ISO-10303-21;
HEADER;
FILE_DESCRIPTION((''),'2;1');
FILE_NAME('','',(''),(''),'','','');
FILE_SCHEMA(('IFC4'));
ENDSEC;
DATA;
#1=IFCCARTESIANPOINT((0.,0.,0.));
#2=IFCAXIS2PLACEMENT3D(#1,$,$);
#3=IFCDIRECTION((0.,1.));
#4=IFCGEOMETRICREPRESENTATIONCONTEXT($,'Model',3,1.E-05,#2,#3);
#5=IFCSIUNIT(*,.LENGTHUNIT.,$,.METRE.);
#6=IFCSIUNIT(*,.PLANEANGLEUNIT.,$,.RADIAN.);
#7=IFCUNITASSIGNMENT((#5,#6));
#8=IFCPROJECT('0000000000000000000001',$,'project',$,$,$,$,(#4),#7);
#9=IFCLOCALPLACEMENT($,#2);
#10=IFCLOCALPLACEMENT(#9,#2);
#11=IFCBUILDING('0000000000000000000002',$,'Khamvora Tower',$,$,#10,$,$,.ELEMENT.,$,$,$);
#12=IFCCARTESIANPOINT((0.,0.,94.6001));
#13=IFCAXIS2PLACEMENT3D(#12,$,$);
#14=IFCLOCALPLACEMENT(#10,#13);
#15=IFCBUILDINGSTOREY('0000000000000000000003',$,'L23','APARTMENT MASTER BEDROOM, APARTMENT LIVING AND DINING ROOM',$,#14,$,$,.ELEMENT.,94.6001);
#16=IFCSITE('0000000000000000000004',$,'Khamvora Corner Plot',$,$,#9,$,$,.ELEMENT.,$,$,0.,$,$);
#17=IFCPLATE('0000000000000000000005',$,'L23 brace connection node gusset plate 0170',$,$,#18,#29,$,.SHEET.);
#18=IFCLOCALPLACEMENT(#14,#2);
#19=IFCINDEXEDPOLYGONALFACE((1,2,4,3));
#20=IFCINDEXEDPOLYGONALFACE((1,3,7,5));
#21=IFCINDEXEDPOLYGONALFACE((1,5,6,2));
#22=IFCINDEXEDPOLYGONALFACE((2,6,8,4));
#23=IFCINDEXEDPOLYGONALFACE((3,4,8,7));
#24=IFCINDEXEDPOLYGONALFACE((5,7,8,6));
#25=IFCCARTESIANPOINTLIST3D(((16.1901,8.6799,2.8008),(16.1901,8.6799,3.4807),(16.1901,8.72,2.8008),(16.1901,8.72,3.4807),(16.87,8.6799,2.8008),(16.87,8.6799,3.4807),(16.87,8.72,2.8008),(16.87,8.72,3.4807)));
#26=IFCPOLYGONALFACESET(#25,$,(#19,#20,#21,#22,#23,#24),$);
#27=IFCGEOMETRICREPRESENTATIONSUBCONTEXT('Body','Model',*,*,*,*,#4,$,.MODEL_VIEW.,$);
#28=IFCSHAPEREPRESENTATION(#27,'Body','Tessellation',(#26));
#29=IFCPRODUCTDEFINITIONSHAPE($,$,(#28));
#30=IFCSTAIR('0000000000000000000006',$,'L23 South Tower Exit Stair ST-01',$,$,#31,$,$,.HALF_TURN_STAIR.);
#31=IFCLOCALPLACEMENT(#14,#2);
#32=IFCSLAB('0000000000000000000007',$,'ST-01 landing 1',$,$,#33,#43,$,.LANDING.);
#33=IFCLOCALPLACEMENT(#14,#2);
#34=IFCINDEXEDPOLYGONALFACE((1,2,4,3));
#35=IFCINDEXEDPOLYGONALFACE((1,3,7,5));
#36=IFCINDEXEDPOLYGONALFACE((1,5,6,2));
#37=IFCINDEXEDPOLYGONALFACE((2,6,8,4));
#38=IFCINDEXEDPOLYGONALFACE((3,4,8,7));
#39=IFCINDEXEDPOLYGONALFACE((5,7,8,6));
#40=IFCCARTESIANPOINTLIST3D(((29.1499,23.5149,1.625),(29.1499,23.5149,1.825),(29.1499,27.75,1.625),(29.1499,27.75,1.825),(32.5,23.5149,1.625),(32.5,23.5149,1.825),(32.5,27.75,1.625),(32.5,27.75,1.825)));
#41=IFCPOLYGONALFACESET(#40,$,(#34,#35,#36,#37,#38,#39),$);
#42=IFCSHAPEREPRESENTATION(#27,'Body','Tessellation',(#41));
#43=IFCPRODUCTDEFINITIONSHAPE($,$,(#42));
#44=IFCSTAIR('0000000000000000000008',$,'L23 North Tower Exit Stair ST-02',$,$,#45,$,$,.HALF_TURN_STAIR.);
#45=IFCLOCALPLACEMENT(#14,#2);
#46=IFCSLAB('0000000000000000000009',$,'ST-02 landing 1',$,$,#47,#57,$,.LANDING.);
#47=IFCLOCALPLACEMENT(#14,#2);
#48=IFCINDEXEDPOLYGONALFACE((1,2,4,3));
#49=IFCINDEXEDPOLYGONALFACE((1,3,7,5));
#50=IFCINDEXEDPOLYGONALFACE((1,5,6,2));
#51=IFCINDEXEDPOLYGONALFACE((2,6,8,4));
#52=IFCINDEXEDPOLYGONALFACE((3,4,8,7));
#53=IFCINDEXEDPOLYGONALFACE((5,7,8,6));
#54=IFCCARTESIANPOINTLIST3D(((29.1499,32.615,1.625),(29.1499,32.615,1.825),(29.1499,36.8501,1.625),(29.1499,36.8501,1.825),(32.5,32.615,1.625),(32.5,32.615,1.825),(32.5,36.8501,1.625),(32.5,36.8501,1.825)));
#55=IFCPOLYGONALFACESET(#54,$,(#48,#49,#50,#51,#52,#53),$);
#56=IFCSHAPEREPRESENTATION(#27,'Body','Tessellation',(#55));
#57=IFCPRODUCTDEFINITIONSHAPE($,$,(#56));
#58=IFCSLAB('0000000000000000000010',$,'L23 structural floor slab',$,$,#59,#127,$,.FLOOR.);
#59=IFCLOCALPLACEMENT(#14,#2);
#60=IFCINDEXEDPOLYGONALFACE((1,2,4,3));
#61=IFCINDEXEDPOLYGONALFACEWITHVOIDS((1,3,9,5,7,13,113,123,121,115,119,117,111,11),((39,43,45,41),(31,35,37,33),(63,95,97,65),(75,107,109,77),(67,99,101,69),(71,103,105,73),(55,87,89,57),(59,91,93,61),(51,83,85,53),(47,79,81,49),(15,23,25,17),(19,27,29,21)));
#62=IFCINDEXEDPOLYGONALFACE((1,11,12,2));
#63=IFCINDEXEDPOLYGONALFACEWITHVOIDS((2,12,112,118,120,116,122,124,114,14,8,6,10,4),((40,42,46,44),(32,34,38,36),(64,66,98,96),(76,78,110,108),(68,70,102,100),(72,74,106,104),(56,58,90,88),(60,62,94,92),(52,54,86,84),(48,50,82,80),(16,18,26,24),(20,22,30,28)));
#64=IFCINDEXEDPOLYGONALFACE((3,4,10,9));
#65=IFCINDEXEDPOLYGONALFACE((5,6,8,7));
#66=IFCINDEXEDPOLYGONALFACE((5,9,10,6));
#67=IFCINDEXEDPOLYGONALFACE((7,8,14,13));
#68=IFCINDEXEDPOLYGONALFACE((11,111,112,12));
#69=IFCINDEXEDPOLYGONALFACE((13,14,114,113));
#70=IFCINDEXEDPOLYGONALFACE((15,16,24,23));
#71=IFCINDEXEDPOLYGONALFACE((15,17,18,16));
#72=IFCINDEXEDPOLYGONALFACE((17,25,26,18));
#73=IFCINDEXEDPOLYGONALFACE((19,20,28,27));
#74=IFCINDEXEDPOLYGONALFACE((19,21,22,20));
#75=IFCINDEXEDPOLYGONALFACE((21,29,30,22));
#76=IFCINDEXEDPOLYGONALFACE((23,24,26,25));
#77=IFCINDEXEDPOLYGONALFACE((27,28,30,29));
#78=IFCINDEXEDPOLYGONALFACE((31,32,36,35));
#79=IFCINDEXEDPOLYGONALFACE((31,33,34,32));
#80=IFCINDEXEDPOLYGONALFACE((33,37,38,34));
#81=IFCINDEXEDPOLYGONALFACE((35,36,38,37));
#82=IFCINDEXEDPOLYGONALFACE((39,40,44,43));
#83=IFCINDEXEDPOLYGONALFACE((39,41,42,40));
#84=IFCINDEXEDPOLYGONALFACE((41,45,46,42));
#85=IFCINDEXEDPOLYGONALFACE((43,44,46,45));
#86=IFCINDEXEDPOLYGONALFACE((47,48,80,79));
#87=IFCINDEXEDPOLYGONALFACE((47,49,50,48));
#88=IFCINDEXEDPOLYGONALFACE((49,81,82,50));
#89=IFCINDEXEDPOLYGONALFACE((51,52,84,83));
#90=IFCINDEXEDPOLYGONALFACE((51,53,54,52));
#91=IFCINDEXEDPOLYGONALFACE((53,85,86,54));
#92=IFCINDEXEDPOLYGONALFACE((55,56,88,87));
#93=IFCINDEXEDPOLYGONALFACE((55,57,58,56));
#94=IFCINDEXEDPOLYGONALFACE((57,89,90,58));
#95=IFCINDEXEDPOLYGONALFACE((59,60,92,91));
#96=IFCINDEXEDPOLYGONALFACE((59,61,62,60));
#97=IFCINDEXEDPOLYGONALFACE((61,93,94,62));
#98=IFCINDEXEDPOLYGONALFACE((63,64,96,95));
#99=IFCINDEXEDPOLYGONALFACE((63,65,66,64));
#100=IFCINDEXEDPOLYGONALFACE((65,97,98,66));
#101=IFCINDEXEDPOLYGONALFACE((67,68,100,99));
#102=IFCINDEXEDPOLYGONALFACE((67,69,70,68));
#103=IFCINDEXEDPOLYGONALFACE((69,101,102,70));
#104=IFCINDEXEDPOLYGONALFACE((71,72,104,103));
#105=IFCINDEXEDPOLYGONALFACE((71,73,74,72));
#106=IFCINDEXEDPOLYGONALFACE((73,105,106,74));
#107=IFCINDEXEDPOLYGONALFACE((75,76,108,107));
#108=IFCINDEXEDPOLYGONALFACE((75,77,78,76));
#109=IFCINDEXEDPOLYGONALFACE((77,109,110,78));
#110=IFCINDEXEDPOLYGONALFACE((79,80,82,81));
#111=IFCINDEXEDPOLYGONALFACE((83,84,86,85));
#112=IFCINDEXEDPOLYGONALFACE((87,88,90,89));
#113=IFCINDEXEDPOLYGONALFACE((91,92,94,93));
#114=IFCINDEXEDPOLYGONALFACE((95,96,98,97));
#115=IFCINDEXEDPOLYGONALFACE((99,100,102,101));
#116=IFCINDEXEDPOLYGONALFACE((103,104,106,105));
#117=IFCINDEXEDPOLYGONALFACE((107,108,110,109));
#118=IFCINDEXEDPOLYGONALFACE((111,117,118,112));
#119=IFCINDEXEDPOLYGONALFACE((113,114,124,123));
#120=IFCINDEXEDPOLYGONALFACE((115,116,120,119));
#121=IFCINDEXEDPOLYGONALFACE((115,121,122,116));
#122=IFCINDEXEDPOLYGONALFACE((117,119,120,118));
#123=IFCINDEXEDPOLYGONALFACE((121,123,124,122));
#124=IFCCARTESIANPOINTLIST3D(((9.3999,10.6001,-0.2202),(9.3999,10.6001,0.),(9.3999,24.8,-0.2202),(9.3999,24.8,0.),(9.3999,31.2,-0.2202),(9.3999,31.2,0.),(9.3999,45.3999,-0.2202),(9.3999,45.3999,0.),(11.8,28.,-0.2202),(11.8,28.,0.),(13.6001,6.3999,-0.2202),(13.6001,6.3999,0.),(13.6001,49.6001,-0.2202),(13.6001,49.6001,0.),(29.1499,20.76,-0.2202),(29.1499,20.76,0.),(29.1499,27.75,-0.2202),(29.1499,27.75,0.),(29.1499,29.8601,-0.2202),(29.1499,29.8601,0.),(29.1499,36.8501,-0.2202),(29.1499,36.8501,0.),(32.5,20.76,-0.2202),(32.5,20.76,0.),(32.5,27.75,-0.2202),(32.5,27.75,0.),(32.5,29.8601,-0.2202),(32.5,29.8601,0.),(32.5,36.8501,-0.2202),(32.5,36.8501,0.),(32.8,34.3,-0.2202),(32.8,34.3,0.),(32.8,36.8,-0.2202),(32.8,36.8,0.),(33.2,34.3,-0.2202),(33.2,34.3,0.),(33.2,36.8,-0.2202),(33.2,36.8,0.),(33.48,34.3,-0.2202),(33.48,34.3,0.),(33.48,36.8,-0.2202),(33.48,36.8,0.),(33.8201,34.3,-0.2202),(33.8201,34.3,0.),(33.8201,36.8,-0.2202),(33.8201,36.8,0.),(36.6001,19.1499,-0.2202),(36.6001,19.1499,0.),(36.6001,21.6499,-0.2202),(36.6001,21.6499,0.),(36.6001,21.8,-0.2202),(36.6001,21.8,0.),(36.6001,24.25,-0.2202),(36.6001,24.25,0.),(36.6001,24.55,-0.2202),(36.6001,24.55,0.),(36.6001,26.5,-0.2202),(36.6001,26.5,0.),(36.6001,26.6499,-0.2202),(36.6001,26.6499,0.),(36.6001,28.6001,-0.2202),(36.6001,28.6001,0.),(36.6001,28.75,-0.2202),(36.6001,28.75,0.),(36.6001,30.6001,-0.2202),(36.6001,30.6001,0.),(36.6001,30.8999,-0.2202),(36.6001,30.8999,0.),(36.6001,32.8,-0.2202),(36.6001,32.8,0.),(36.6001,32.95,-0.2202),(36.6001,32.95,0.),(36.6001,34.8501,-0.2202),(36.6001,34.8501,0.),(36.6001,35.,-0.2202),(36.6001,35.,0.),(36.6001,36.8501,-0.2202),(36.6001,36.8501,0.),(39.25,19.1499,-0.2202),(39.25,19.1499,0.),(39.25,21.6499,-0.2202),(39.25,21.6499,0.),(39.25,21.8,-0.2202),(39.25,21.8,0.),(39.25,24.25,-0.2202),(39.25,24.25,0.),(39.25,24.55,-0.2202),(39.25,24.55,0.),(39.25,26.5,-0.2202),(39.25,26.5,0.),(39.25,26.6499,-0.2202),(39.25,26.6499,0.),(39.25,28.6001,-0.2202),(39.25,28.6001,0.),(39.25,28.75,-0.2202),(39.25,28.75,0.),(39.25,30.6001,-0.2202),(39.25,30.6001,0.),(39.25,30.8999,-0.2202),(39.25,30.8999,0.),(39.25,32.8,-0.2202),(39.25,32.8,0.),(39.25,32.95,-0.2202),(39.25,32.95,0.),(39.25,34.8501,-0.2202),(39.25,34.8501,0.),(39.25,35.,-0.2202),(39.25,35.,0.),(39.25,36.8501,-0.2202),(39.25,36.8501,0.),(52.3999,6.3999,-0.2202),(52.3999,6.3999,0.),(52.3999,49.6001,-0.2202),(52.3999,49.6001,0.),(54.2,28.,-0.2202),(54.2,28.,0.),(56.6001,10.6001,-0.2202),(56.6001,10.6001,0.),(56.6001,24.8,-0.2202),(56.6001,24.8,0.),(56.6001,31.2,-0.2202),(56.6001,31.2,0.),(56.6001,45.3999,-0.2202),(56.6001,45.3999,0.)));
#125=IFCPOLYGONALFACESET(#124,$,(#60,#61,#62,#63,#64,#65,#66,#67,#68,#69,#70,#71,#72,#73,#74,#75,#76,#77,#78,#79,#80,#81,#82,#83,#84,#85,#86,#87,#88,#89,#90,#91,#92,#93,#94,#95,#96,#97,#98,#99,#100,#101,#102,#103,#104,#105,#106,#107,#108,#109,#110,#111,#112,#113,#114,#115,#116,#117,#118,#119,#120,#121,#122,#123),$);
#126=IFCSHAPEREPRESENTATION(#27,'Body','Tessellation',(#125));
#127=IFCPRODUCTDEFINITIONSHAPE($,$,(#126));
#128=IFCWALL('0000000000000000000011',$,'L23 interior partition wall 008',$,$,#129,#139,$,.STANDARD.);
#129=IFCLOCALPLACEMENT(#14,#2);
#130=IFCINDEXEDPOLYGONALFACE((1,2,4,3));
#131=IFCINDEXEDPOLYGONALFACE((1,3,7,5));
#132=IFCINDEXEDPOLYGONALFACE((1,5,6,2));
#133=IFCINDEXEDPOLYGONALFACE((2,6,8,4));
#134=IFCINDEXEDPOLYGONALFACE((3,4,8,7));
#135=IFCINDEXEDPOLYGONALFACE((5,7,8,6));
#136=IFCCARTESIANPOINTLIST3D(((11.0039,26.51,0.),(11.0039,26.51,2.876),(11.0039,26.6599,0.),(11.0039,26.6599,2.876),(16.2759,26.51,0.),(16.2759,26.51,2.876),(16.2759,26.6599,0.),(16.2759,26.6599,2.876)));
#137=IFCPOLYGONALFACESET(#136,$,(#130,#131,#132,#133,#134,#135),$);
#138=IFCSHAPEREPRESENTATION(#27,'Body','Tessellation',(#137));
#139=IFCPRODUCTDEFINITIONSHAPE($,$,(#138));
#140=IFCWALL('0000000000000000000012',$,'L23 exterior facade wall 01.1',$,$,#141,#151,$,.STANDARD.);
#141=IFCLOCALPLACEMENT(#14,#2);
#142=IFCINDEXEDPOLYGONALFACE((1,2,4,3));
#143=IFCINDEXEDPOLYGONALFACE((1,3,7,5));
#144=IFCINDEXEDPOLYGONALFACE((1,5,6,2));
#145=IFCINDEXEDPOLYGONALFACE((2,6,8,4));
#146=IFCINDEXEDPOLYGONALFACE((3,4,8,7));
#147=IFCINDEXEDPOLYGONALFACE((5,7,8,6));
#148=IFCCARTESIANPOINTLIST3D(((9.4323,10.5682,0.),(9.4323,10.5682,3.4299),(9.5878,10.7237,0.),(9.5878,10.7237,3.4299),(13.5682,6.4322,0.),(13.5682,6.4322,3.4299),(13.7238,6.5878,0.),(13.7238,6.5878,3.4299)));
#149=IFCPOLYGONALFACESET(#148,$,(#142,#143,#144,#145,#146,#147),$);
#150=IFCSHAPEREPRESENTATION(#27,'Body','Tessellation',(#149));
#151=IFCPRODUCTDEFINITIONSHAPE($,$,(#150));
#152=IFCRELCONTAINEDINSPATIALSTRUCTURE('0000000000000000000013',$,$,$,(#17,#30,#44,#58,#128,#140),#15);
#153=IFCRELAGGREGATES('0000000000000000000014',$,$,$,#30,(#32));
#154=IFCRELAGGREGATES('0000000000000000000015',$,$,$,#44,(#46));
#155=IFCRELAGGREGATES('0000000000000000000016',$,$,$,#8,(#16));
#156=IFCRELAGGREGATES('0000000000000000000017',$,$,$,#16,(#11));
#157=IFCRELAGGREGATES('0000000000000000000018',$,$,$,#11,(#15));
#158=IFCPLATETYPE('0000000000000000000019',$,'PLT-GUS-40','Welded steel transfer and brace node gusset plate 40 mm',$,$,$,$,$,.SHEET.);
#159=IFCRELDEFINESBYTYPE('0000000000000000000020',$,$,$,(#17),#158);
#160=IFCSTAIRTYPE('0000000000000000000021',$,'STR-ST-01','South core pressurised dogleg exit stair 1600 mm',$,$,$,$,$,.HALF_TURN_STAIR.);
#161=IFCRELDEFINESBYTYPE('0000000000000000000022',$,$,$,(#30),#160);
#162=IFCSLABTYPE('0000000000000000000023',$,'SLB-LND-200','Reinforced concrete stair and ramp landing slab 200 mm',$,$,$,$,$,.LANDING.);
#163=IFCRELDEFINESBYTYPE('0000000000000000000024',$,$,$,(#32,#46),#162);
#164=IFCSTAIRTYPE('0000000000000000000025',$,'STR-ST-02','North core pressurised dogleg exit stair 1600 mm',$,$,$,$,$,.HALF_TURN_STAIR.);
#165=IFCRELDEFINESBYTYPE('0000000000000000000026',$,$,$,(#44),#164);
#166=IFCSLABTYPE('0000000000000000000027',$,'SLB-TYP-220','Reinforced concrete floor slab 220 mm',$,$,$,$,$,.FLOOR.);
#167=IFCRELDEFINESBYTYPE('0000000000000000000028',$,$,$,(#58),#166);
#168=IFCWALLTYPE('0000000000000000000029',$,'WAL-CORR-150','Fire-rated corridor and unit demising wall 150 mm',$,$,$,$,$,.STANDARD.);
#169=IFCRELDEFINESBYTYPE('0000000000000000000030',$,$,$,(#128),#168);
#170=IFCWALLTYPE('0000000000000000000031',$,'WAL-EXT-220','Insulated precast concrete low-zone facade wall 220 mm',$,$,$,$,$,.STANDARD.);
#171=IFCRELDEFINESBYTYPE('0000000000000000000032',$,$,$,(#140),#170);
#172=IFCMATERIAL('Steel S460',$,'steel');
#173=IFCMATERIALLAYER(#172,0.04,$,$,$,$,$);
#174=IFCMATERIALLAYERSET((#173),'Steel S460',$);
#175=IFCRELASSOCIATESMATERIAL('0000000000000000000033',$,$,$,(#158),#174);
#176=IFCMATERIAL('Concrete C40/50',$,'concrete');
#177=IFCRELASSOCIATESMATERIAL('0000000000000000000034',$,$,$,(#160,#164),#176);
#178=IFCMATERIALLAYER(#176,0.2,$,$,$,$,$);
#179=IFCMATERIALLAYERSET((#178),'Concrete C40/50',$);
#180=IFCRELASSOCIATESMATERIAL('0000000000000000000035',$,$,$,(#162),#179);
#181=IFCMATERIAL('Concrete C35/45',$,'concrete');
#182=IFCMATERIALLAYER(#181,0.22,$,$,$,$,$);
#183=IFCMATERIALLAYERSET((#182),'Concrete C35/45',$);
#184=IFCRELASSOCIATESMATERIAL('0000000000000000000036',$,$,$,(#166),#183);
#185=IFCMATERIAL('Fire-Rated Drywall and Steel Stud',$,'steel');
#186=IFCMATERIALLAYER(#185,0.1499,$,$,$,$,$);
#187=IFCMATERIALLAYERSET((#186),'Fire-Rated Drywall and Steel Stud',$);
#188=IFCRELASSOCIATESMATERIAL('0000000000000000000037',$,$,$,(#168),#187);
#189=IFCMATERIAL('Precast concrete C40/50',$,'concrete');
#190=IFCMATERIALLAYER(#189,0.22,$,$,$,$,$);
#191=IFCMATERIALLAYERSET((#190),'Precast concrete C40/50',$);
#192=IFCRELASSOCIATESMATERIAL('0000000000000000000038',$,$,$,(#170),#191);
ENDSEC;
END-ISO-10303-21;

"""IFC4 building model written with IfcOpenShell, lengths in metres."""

from ifc_helpers import new_model, si_unit, direction, frame, frame_2d, origin, origin_2d, place, context, subcontext, project, spatial, polyline, rectangle, outline, extrude, material, layer, layer_set, type_object, element, aggregate, save


model = new_model("IFC4")

# Units and contexts
model_context = context("Model", 3, precision=1e-05, world=origin(), true_north=direction((0.0, 1.0)))
body_context = subcontext(model_context, "Body", "Model", "MODEL_VIEW")
ifc_project = project(units=[si_unit("LENGTHUNIT", "METRE"), si_unit("PLANEANGLEUNIT", "RADIAN")], contexts=[model_context])

# Site, building, storey
site_placement = place(None, origin())
site = spatial("IfcSite", under=ifc_project, at=site_placement, Name="Khamvora Corner Plot", CompositionType="ELEMENT", RefElevation=0.0)
building_placement = place(site_placement, origin())
building = spatial("IfcBuilding", under=site, at=building_placement, Name="Khamvora Tower", CompositionType="ELEMENT")
storey_placement = place(building_placement, frame((0.0, 0.0, 94.6001)))
storey = spatial("IfcBuildingStorey", under=building, at=storey_placement, Name="L23", Description="APARTMENT MASTER BEDROOM, APARTMENT LIVING AND DINING ROOM", CompositionType="ELEMENT", Elevation=94.6001)

# Plate
ifc_material_1 = material(Name="Steel S460", Category="steel")
ifc_layer_1 = layer(ifc_material_1, 0.04)
ifc_layer_set_1 = layer_set([ifc_layer_1], Name="Steel S460")
plate_type_1 = type_object("IfcPlateType", Name="PLT-GUS-40", Description="Welded steel transfer and brace node gusset plate 40 mm", PredefinedType="SHEET", material=ifc_layer_set_1)
plate_1_placement = place(storey_placement, frame((16.53, 8.7, 2.8008), z_axis=(0.0, 0.0, 1.0), x_axis=(1.0, 0.0, 0.0)))
element("IfcPlate", 1, at=plate_1_placement, inside=storey, type_object=plate_type_1, Name="L23 brace connection node gusset plate 0170", PredefinedType="SHEET", context=body_context, shape_type="SweptSolid", body=[
    extrude(rectangle(XDim=0.6799, YDim=0.04, at=origin_2d()), origin(), (0.0, 0.0, 1.0), 0.6799),
])

# Stairs, slabs
ifc_material_2 = material(Name="Concrete C40/50", Category="concrete")
stair_type_1 = type_object("IfcStairType", Name="STR-ST-01", Description="South core pressurised dogleg exit stair 1600 mm", PredefinedType="HALF_TURN_STAIR", material=ifc_material_2)
stair_1_placement = place(storey_placement, origin())
stair_1 = element("IfcStair", 2, at=stair_1_placement, inside=storey, type_object=stair_type_1, Name="L23 South Tower Exit Stair ST-01", PredefinedType="HALF_TURN_STAIR")
ifc_layer_2 = layer(ifc_material_2, 0.2)
ifc_layer_set_2 = layer_set([ifc_layer_2], Name="Concrete C40/50")
slab_type_1 = type_object("IfcSlabType", Name="SLB-LND-200", Description="Reinforced concrete stair and ramp landing slab 200 mm", PredefinedType="LANDING", material=ifc_layer_set_2)
slab_1_placement = place(storey_placement, frame((0.0, 0.0, 1.625)))
slab_1 = element("IfcSlab", 3, at=slab_1_placement, type_object=slab_type_1, Name="ST-01 landing 1", PredefinedType="LANDING", context=body_context, shape_type="SweptSolid", body=[
    extrude(outline(polyline([(32.5, 23.5149), (32.5, 27.75), (29.1499, 27.75), (29.1499, 23.5149), (32.5, 23.5149)])), origin(), (0.0, 0.0, 1.0), 0.2),
])
aggregate(stair_1, [slab_1])
stair_type_2 = type_object("IfcStairType", Name="STR-ST-02", Description="North core pressurised dogleg exit stair 1600 mm", PredefinedType="HALF_TURN_STAIR", material=ifc_material_2)
stair_2_placement = place(storey_placement, origin())
stair_2 = element("IfcStair", 4, at=stair_2_placement, inside=storey, type_object=stair_type_2, Name="L23 North Tower Exit Stair ST-02", PredefinedType="HALF_TURN_STAIR")
slab_2_placement = place(storey_placement, frame((0.0, 0.0, 1.625)))
slab_2 = element("IfcSlab", 5, at=slab_2_placement, type_object=slab_type_1, Name="ST-02 landing 1", PredefinedType="LANDING", context=body_context, shape_type="SweptSolid", body=[
    extrude(outline(polyline([(32.5, 32.615), (32.5, 36.8501), (29.1499, 36.8501), (29.1499, 32.615), (32.5, 32.615)])), origin(), (0.0, 0.0, 1.0), 0.2),
])
aggregate(stair_2, [slab_2])

# Slab
ifc_material_3 = material(Name="Concrete C35/45", Category="concrete")
ifc_layer_3 = layer(ifc_material_3, 0.22)
ifc_layer_set_3 = layer_set([ifc_layer_3], Name="Concrete C35/45")
slab_type_2 = type_object("IfcSlabType", Name="SLB-TYP-220", Description="Reinforced concrete floor slab 220 mm", PredefinedType="FLOOR", material=ifc_layer_set_3)
slab_3_placement = place(storey_placement, frame((0.0, 0.0, -0.2202)))
element("IfcSlab", 6, at=slab_3_placement, inside=storey, type_object=slab_type_2, Name="L23 structural floor slab", PredefinedType="FLOOR", context=body_context, shape_type="SweptSolid", body=[
    extrude(outline(polyline([(13.6001, 6.3999), (52.3999, 6.3999), (56.6001, 10.6001), (56.6001, 24.8), (54.2, 28.0), (56.6001, 31.2), (56.6001, 45.3999), (52.3999, 49.6001), (13.6001, 49.6001), (9.3999, 45.3999), (9.3999, 31.2), (11.8, 28.0), (9.3999, 24.8), (9.3999, 10.6001), (13.6001, 6.3999)]), holes=[polyline([(32.5, 20.76), (32.5, 27.75), (29.1499, 27.75), (29.1499, 20.76), (32.5, 20.76)]), polyline([(32.5, 29.8601), (32.5, 36.8501), (29.1499, 36.8501), (29.1499, 29.8601), (32.5, 29.8601)]), polyline([(36.6001, 19.1499), (39.25, 19.1499), (39.25, 21.6499), (36.6001, 21.6499), (36.6001, 19.1499)]), polyline([(36.6001, 21.8), (39.25, 21.8), (39.25, 24.25), (36.6001, 24.25), (36.6001, 21.8)]), polyline([(36.6001, 24.55), (39.25, 24.55), (39.25, 26.5), (36.6001, 26.5), (36.6001, 24.55)]), polyline([(36.6001, 26.6499), (39.25, 26.6499), (39.25, 28.6001), (36.6001, 28.6001), (36.6001, 26.6499)]), polyline([(36.6001, 28.75), (39.25, 28.75), (39.25, 30.6001), (36.6001, 30.6001), (36.6001, 28.75)]), polyline([(36.6001, 30.8999), (39.25, 30.8999), (39.25, 32.8), (36.6001, 32.8), (36.6001, 30.8999)]), polyline([(36.6001, 32.95), (39.25, 32.95), (39.25, 34.8501), (36.6001, 34.8501), (36.6001, 32.95)]), polyline([(36.6001, 35.0), (39.25, 35.0), (39.25, 36.8501), (36.6001, 36.8501), (36.6001, 35.0)]), polyline([(32.8, 34.3), (33.2, 34.3), (33.2, 36.8), (32.8, 36.8), (32.8, 34.3)]), polyline([(33.48, 34.3), (33.8201, 34.3), (33.8201, 36.8), (33.48, 36.8), (33.48, 34.3)])]), origin(), (0.0, 0.0, 1.0), 0.2202),
])

# Walls
ifc_material_4 = material(Name="Fire-Rated Drywall and Steel Stud", Category="steel")
ifc_layer_4 = layer(ifc_material_4, 0.1499)
ifc_layer_set_4 = layer_set([ifc_layer_4], Name="Fire-Rated Drywall and Steel Stud")
wall_type_1 = type_object("IfcWallType", Name="WAL-CORR-150", Description="Fire-rated corridor and unit demising wall 150 mm", PredefinedType="STANDARD", material=ifc_layer_set_4)
wall_1_placement = place(storey_placement, frame((16.2759, 26.585, 0.0), z_axis=(0.0, 0.0, 1.0), x_axis=(-1.0, 0.0, 0.0)))
element("IfcWall", 7, at=wall_1_placement, inside=storey, type_object=wall_type_1, Name="L23 interior partition wall 008", PredefinedType="STANDARD", context=body_context, shape_type="SweptSolid", body=[
    extrude(rectangle(XDim=5.272, YDim=0.1499, at=frame_2d((2.636, 0.0))), origin(), (0.0, 0.0, 1.0), 2.876),
])
ifc_material_5 = material(Name="Precast concrete C40/50", Category="concrete")
ifc_layer_5 = layer(ifc_material_5, 0.22)
ifc_layer_set_5 = layer_set([ifc_layer_5], Name="Precast concrete C40/50")
wall_type_2 = type_object("IfcWallType", Name="WAL-EXT-220", Description="Insulated precast concrete low-zone facade wall 220 mm", PredefinedType="STANDARD", material=ifc_layer_set_5)
wall_2_placement = place(storey_placement, frame((13.646, 6.51, 0.0), z_axis=(0.0, 0.0, 1.0), x_axis=(-0.707107, 0.707107, 0.0)))
element("IfcWall", 8, at=wall_2_placement, inside=storey, type_object=wall_type_2, Name="L23 exterior facade wall 01.1", PredefinedType="STANDARD", context=body_context, shape_type="SweptSolid", body=[
    extrude(rectangle(XDim=5.8491, YDim=0.22, at=frame_2d((2.9246, 0.0))), origin(), (0.0, 0.0, 1.0), 3.4299),
])

save(model, "model.ifc")
